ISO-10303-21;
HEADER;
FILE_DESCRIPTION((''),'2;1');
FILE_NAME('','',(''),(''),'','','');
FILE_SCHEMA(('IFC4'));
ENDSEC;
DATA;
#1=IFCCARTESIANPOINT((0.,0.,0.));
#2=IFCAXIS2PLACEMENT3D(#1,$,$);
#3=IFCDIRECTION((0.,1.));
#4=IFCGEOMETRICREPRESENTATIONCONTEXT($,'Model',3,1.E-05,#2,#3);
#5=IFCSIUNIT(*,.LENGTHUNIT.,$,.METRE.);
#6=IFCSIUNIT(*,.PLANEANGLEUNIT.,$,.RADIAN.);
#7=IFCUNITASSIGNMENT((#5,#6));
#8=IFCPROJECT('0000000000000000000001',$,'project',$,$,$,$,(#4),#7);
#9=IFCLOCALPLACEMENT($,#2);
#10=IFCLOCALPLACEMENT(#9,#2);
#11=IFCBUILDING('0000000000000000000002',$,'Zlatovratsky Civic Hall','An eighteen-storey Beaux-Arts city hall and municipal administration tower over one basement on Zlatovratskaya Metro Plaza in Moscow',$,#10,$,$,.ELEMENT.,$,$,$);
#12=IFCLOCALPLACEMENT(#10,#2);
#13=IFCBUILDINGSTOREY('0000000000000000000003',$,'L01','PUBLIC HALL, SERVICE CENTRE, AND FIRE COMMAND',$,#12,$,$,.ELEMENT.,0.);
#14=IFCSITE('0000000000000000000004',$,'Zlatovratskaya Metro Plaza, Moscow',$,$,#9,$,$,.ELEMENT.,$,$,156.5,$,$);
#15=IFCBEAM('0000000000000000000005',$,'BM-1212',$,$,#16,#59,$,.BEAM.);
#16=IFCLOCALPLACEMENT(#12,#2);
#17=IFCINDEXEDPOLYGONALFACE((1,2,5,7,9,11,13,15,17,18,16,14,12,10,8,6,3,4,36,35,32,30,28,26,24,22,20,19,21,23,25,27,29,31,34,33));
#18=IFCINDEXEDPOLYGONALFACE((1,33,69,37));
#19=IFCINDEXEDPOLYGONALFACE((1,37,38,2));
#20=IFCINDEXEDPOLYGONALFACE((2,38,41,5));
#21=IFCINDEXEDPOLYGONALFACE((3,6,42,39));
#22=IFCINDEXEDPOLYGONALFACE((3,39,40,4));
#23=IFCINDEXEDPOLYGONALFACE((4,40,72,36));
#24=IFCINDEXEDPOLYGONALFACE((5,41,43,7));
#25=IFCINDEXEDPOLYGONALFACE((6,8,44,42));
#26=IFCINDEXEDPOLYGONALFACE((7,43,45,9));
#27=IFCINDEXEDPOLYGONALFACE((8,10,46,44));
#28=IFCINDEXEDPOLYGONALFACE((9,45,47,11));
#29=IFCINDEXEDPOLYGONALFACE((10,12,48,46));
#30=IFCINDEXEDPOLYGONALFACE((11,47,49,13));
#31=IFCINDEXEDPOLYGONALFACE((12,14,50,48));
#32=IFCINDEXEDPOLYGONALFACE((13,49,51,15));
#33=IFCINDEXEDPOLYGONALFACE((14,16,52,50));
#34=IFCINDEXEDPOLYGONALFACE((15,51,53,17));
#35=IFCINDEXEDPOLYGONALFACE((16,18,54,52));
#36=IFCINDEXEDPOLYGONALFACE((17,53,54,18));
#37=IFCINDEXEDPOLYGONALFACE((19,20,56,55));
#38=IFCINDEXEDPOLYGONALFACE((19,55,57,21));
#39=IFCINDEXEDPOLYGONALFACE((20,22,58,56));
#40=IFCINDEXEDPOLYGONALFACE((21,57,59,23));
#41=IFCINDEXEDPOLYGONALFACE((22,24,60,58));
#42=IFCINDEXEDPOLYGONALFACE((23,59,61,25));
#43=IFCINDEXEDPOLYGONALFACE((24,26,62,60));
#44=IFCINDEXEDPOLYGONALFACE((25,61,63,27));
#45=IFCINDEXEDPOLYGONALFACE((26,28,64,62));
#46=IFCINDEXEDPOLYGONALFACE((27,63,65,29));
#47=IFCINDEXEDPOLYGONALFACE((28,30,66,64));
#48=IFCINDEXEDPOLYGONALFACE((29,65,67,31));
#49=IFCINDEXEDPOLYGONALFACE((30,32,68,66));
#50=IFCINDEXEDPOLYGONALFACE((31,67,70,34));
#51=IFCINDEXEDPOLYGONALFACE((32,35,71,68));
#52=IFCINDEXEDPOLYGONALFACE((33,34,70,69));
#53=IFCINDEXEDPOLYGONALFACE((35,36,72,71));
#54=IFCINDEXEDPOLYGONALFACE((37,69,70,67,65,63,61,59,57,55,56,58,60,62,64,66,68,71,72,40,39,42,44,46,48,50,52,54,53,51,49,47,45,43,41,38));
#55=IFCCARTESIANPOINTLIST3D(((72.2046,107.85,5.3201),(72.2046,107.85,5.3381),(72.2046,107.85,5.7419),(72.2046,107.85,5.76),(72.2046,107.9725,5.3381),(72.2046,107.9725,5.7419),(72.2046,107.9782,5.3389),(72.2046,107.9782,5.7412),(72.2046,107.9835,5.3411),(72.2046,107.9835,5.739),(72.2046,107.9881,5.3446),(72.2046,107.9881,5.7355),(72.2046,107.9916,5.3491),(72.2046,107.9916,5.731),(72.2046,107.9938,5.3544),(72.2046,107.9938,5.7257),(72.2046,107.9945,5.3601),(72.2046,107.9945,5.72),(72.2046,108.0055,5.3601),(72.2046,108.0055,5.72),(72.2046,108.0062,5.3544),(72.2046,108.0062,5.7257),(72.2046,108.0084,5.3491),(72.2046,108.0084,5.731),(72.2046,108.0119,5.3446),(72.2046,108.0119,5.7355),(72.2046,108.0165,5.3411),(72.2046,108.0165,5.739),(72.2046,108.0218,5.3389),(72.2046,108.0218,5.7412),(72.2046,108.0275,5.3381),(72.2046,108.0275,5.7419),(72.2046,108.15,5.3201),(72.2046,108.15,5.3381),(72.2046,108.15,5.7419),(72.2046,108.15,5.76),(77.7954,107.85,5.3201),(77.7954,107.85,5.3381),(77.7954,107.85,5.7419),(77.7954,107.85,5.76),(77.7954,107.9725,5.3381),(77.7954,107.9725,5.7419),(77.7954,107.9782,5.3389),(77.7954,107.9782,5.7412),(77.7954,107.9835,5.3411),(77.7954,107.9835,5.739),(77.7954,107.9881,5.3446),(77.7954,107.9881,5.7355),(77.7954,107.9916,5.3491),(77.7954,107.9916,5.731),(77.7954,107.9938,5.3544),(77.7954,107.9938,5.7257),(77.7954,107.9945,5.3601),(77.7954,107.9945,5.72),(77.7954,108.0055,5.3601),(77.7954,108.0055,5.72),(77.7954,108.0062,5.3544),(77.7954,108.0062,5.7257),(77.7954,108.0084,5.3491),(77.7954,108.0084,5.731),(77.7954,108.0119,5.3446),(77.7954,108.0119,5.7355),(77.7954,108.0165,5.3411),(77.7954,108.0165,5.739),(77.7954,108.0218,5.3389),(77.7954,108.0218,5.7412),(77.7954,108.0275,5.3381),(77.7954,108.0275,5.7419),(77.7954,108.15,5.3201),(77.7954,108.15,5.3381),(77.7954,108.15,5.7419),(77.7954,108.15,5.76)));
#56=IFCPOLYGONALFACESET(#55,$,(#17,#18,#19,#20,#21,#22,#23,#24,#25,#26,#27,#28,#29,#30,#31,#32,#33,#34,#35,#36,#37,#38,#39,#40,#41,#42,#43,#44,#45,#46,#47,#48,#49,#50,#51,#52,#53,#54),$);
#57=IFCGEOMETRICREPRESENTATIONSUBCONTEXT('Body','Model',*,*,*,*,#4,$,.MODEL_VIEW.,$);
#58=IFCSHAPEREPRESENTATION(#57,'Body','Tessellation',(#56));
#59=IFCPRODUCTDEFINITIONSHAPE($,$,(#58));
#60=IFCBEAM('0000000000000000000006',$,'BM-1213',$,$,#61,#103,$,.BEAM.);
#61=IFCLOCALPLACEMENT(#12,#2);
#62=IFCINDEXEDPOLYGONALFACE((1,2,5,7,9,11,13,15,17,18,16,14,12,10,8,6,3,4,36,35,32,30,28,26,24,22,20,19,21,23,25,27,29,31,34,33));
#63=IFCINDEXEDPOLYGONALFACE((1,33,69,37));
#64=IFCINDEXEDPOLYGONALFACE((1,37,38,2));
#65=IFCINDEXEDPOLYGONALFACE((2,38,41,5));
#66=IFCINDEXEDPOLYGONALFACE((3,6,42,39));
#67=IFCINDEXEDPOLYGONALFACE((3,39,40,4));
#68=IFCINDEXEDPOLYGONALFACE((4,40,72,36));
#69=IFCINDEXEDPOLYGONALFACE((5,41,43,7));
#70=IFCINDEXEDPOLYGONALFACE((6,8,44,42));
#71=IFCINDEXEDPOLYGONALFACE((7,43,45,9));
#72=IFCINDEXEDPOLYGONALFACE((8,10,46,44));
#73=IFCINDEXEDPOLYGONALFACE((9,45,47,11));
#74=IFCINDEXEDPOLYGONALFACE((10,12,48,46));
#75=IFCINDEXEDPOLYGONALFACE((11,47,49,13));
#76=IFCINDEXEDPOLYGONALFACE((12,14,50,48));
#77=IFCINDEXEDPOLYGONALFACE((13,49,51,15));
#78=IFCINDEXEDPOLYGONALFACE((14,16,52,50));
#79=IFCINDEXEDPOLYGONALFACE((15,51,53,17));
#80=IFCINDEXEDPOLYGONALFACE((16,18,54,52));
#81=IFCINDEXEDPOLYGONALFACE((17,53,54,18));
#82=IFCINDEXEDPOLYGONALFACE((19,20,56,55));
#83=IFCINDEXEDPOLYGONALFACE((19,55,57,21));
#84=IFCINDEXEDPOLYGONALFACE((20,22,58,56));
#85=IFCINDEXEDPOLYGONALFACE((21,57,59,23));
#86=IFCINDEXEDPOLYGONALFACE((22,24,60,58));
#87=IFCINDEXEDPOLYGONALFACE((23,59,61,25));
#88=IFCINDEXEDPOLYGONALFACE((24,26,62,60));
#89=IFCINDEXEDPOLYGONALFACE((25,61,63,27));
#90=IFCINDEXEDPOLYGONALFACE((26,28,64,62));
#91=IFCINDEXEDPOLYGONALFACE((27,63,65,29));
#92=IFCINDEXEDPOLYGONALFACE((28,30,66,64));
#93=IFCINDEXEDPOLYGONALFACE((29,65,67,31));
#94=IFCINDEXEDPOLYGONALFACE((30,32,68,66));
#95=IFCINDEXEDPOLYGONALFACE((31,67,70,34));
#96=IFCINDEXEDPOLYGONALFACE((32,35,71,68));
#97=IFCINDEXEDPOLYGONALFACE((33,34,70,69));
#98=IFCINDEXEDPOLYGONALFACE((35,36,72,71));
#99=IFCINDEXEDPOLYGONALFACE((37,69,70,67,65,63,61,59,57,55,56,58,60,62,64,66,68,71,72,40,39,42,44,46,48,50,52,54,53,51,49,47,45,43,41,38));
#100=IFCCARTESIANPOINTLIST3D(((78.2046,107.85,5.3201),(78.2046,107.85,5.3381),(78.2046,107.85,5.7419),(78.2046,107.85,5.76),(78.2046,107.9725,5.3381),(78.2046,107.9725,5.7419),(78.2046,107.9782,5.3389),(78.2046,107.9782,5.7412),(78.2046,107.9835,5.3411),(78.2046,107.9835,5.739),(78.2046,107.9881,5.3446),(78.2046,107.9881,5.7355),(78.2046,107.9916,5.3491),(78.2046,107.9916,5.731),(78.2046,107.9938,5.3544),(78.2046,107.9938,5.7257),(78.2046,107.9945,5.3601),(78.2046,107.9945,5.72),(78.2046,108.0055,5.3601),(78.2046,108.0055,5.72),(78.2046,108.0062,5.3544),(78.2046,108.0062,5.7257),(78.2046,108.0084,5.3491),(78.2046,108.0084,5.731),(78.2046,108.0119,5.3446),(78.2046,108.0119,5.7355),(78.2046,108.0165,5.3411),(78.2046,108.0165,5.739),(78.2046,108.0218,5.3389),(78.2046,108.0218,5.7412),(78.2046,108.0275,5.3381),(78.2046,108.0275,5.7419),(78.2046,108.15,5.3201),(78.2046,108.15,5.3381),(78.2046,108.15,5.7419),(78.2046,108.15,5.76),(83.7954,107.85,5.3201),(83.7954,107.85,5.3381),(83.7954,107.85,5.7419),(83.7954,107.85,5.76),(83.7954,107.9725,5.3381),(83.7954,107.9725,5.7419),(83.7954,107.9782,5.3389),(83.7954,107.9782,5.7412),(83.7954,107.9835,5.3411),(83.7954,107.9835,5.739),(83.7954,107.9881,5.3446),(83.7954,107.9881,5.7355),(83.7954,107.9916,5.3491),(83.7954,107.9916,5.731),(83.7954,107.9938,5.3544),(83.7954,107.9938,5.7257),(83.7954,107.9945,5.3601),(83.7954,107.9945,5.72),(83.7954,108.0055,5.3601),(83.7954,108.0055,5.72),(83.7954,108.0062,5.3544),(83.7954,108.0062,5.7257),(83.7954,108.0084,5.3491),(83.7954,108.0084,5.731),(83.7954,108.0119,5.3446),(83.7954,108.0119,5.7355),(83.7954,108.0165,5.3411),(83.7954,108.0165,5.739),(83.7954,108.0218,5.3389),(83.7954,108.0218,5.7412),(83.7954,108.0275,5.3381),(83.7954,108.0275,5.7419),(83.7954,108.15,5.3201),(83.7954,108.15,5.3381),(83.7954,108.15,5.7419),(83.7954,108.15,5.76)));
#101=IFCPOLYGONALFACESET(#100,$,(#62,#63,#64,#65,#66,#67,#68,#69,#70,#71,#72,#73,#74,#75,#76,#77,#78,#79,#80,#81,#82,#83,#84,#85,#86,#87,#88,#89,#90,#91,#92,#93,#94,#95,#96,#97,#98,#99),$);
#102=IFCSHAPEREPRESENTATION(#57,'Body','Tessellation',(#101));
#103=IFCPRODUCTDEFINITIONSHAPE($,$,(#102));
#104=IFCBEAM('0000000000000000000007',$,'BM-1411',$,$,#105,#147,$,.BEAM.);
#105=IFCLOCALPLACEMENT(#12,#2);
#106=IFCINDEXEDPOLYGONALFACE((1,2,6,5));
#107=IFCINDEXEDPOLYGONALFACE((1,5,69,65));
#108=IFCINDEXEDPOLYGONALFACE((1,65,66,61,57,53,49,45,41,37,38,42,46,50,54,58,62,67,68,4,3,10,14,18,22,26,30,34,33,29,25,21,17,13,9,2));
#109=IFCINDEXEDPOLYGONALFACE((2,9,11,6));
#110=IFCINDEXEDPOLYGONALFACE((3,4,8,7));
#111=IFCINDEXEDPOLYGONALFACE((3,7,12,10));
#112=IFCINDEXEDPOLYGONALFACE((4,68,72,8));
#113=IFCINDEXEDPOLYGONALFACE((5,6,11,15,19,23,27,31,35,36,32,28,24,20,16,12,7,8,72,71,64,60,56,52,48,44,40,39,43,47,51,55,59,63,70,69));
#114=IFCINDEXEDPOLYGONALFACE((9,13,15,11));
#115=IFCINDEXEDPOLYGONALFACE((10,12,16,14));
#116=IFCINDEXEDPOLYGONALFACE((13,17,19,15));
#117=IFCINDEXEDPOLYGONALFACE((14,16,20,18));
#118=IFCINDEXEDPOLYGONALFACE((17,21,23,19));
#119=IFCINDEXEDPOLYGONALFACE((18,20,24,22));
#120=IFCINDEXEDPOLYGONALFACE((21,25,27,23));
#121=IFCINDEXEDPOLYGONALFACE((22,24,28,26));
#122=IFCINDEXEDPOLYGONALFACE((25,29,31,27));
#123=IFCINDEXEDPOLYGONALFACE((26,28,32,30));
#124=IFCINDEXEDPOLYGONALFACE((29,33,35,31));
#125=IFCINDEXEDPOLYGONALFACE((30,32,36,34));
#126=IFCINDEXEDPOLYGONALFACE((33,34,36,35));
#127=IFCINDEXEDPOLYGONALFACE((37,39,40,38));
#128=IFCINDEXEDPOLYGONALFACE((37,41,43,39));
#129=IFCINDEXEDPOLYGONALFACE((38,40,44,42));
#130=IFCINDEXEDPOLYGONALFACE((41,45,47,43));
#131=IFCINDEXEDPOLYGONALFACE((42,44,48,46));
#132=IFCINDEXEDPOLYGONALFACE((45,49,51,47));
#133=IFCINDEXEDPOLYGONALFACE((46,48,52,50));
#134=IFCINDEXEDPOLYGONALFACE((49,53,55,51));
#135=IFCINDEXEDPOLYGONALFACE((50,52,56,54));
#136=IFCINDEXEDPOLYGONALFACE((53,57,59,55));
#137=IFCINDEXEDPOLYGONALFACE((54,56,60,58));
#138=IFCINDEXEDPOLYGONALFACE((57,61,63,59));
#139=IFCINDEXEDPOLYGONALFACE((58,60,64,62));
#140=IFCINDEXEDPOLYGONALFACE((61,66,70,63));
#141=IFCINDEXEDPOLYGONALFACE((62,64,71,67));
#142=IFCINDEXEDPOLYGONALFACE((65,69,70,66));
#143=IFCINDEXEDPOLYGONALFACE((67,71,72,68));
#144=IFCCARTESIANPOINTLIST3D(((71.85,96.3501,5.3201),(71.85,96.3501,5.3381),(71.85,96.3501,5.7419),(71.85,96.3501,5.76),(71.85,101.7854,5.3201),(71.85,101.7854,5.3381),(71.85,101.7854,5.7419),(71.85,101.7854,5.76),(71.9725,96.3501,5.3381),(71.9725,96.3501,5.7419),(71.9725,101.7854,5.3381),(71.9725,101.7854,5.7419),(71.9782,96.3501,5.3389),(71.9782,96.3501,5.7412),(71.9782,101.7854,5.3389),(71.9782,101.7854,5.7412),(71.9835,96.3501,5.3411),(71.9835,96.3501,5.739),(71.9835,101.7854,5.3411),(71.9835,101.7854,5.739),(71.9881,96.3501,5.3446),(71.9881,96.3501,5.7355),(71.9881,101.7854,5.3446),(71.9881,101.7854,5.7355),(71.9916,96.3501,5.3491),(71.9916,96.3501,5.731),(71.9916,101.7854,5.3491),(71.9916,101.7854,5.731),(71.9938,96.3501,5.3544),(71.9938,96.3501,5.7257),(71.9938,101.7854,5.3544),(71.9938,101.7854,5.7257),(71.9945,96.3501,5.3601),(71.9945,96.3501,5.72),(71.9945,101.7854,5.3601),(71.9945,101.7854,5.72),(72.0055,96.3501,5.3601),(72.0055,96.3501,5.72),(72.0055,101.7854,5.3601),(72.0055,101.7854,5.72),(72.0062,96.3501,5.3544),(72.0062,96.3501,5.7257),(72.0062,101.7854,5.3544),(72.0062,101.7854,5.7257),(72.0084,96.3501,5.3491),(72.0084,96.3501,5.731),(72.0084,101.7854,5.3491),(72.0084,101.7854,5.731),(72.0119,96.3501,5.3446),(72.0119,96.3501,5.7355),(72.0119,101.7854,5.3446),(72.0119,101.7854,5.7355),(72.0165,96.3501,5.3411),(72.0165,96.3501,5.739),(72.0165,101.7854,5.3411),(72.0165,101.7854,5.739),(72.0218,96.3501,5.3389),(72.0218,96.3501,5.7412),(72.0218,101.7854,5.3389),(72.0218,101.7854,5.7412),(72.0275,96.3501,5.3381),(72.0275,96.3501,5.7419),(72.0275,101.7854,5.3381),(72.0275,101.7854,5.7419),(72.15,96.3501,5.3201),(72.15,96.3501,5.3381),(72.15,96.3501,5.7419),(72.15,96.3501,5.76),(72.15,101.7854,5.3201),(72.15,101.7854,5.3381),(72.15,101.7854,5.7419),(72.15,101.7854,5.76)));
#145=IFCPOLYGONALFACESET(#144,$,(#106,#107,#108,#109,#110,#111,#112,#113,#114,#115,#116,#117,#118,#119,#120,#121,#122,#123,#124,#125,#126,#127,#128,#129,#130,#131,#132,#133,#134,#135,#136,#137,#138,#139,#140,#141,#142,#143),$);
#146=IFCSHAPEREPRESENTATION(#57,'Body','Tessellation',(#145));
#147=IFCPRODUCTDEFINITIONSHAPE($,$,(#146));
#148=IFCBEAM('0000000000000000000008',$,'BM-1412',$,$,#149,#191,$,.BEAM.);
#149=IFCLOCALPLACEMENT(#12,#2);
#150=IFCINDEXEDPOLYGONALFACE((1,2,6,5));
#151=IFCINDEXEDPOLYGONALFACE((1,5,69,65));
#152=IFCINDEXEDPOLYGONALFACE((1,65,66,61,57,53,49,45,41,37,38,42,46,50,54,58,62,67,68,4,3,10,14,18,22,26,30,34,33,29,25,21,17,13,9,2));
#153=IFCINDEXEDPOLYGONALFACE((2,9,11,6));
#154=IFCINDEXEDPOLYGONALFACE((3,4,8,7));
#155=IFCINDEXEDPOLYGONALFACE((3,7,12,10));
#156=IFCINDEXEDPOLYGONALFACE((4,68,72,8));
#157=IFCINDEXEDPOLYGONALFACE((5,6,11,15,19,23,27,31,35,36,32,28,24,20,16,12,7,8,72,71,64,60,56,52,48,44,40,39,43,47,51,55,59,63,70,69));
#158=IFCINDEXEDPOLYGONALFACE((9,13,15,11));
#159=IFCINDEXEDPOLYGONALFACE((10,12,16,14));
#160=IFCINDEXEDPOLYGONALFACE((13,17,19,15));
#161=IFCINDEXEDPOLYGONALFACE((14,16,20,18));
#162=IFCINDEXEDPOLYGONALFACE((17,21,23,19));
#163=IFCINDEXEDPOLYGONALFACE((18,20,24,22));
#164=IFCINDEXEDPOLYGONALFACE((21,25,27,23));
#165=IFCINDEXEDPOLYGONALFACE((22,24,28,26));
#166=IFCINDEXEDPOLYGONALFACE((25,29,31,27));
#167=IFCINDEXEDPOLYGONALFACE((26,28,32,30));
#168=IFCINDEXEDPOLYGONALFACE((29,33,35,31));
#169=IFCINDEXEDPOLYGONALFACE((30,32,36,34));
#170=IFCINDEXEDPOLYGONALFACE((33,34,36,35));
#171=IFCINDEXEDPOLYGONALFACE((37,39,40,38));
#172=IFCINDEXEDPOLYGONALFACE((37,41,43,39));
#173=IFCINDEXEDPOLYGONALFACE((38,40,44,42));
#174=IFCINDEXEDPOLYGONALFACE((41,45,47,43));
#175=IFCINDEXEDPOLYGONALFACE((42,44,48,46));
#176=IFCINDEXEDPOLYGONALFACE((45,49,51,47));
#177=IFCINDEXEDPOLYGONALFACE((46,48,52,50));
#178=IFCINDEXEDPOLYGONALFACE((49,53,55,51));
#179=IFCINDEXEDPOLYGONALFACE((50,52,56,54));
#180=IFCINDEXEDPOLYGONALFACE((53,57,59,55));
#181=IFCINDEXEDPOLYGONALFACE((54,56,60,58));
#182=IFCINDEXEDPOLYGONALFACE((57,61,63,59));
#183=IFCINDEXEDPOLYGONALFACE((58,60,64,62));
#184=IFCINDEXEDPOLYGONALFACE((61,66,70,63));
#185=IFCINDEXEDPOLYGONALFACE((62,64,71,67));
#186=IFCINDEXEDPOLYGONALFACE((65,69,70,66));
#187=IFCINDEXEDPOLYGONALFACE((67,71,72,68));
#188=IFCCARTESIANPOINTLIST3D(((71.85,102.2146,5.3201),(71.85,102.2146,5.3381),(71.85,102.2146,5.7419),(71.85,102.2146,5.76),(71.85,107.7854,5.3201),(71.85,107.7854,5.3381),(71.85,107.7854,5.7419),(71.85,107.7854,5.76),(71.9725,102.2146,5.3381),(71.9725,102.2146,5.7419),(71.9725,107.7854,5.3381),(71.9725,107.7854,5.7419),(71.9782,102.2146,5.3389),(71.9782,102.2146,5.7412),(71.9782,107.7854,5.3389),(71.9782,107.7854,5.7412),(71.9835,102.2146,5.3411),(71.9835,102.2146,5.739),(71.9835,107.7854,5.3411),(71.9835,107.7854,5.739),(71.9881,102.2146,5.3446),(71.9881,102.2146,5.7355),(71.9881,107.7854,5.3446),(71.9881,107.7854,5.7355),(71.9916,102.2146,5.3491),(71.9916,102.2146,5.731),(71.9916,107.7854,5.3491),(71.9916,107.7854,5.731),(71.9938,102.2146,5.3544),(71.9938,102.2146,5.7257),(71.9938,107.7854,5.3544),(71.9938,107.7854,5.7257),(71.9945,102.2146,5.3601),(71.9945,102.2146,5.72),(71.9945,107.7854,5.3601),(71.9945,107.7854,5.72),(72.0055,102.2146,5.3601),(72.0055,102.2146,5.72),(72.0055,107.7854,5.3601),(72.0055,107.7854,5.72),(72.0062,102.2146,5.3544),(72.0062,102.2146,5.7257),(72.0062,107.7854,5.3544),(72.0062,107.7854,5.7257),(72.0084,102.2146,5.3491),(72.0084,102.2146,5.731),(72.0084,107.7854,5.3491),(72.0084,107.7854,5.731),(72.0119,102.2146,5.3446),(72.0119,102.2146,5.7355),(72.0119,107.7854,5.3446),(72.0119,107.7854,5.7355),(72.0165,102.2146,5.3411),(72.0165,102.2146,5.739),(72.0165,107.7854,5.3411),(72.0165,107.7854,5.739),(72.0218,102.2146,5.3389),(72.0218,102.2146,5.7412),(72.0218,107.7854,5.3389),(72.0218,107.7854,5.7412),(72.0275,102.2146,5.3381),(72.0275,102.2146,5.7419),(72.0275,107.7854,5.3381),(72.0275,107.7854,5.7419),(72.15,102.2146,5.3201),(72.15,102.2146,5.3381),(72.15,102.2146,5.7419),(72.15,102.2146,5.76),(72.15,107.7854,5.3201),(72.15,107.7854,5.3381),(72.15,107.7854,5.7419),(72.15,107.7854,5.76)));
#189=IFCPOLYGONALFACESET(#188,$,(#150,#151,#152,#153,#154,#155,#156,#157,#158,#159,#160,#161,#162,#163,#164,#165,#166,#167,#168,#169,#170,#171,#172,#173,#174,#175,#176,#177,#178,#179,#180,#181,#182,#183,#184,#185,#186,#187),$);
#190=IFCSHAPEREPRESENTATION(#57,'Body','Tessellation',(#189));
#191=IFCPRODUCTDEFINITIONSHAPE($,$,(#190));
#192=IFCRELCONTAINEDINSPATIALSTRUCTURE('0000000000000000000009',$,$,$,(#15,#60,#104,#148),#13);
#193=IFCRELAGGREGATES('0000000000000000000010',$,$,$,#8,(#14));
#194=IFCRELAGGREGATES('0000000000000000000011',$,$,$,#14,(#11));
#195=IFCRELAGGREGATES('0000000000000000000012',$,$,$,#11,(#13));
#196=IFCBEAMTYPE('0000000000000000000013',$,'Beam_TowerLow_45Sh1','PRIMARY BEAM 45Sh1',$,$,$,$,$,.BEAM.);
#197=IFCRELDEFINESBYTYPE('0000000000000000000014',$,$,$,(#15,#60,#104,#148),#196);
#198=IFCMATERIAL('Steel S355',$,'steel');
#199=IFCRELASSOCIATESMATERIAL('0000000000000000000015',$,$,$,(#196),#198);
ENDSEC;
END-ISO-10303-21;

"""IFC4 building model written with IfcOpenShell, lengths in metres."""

from ifc_helpers import new_model, si_unit, direction, frame, origin, origin_2d, place, context, subcontext, project, spatial, i_section, extrude, material, material_profile, profile_set, type_object, element, save


model = new_model("IFC4")

# Units and contexts
model_context = context("Model", 3, precision=1e-05, world=origin(), true_north=direction((0.0, 1.0)))
body_context = subcontext(model_context, "Body", "Model", "MODEL_VIEW")
ifc_project = project(units=[si_unit("LENGTHUNIT", "METRE"), si_unit("PLANEANGLEUNIT", "RADIAN")], contexts=[model_context])

# Site, building, storey
site_placement = place(None, origin())
site = spatial("IfcSite", under=ifc_project, at=site_placement, Name="Zlatovratskaya Metro Plaza, Moscow", CompositionType="ELEMENT", RefElevation=156.5)
building_placement = place(site_placement, origin())
building = spatial("IfcBuilding", under=site, at=building_placement, Name="Zlatovratsky Civic Hall", Description="An eighteen-storey Beaux-Arts city hall and municipal administration tower over one basement on Zlatovratskaya Metro Plaza in Moscow", CompositionType="ELEMENT")
storey_placement = place(building_placement, origin())
storey = spatial("IfcBuildingStorey", under=building, at=storey_placement, Name="L01", Description="PUBLIC HALL, SERVICE CENTRE, AND FIRE COMMAND", CompositionType="ELEMENT", Elevation=0.0)

# Shared definitions
ifc_material_1 = material(Name="Steel S355", Category="steel")

# Beams
ifc_material_profile_1 = material_profile(ifc_material_1, i_section(OverallWidth=0.3, OverallDepth=0.4399, WebThickness=0.011, FlangeThickness=0.0181, FilletRadius=0.022, at=origin_2d()), Name="45Sh1")
ifc_profile_set_1 = profile_set([ifc_material_profile_1], Name="Steel S355")
beam_type_1 = type_object("IfcBeamType", Name="Beam_TowerLow_45Sh1", Description="PRIMARY BEAM 45Sh1", PredefinedType="BEAM", material=ifc_profile_set_1)
for number, where, z_axis, x_axis, name in (
    (1, (72.2046, 108.0, 5.54), (1.0, 0.0, 0.0), (0.0, 1.0, 0.0), "BM-1212"),
    (2, (78.2046, 108.0, 5.54), (1.0, 0.0, 0.0), (0.0, 1.0, 0.0), "BM-1213"),
):
    element("IfcBeam", number, at=place(storey_placement, frame(where, z_axis=z_axis, x_axis=x_axis)), inside=storey, type_object=beam_type_1, Name=name, PredefinedType="BEAM", context=body_context, shape_type="SweptSolid", body=[
        extrude(i_section(OverallWidth=0.3, OverallDepth=0.4399, WebThickness=0.011, FlangeThickness=0.0181, FilletRadius=0.022, at=origin_2d()), origin(), (0.0, 0.0, 1.0), 5.5908),
    ])
beam_1_placement = place(storey_placement, frame((72.0, 96.3501, 5.54), z_axis=(0.0, 1.0, 0.0), x_axis=(-1.0, 0.0, 0.0)))
element("IfcBeam", 3, at=beam_1_placement, inside=storey, type_object=beam_type_1, Name="BM-1411", PredefinedType="BEAM", context=body_context, shape_type="SweptSolid", body=[
    extrude(i_section(OverallWidth=0.3, OverallDepth=0.4399, WebThickness=0.011, FlangeThickness=0.0181, FilletRadius=0.022, at=origin_2d()), origin(), (0.0, 0.0, 1.0), 5.4353),
])
beam_2_placement = place(storey_placement, frame((72.0, 102.2146, 5.54), z_axis=(0.0, 1.0, 0.0), x_axis=(-1.0, 0.0, 0.0)))
element("IfcBeam", 4, at=beam_2_placement, inside=storey, type_object=beam_type_1, Name="BM-1412", PredefinedType="BEAM", context=body_context, shape_type="SweptSolid", body=[
    extrude(i_section(OverallWidth=0.3, OverallDepth=0.4399, WebThickness=0.011, FlangeThickness=0.0181, FilletRadius=0.022, at=origin_2d()), origin(), (0.0, 0.0, 1.0), 5.5708),
])

save(model, "model.ifc")
